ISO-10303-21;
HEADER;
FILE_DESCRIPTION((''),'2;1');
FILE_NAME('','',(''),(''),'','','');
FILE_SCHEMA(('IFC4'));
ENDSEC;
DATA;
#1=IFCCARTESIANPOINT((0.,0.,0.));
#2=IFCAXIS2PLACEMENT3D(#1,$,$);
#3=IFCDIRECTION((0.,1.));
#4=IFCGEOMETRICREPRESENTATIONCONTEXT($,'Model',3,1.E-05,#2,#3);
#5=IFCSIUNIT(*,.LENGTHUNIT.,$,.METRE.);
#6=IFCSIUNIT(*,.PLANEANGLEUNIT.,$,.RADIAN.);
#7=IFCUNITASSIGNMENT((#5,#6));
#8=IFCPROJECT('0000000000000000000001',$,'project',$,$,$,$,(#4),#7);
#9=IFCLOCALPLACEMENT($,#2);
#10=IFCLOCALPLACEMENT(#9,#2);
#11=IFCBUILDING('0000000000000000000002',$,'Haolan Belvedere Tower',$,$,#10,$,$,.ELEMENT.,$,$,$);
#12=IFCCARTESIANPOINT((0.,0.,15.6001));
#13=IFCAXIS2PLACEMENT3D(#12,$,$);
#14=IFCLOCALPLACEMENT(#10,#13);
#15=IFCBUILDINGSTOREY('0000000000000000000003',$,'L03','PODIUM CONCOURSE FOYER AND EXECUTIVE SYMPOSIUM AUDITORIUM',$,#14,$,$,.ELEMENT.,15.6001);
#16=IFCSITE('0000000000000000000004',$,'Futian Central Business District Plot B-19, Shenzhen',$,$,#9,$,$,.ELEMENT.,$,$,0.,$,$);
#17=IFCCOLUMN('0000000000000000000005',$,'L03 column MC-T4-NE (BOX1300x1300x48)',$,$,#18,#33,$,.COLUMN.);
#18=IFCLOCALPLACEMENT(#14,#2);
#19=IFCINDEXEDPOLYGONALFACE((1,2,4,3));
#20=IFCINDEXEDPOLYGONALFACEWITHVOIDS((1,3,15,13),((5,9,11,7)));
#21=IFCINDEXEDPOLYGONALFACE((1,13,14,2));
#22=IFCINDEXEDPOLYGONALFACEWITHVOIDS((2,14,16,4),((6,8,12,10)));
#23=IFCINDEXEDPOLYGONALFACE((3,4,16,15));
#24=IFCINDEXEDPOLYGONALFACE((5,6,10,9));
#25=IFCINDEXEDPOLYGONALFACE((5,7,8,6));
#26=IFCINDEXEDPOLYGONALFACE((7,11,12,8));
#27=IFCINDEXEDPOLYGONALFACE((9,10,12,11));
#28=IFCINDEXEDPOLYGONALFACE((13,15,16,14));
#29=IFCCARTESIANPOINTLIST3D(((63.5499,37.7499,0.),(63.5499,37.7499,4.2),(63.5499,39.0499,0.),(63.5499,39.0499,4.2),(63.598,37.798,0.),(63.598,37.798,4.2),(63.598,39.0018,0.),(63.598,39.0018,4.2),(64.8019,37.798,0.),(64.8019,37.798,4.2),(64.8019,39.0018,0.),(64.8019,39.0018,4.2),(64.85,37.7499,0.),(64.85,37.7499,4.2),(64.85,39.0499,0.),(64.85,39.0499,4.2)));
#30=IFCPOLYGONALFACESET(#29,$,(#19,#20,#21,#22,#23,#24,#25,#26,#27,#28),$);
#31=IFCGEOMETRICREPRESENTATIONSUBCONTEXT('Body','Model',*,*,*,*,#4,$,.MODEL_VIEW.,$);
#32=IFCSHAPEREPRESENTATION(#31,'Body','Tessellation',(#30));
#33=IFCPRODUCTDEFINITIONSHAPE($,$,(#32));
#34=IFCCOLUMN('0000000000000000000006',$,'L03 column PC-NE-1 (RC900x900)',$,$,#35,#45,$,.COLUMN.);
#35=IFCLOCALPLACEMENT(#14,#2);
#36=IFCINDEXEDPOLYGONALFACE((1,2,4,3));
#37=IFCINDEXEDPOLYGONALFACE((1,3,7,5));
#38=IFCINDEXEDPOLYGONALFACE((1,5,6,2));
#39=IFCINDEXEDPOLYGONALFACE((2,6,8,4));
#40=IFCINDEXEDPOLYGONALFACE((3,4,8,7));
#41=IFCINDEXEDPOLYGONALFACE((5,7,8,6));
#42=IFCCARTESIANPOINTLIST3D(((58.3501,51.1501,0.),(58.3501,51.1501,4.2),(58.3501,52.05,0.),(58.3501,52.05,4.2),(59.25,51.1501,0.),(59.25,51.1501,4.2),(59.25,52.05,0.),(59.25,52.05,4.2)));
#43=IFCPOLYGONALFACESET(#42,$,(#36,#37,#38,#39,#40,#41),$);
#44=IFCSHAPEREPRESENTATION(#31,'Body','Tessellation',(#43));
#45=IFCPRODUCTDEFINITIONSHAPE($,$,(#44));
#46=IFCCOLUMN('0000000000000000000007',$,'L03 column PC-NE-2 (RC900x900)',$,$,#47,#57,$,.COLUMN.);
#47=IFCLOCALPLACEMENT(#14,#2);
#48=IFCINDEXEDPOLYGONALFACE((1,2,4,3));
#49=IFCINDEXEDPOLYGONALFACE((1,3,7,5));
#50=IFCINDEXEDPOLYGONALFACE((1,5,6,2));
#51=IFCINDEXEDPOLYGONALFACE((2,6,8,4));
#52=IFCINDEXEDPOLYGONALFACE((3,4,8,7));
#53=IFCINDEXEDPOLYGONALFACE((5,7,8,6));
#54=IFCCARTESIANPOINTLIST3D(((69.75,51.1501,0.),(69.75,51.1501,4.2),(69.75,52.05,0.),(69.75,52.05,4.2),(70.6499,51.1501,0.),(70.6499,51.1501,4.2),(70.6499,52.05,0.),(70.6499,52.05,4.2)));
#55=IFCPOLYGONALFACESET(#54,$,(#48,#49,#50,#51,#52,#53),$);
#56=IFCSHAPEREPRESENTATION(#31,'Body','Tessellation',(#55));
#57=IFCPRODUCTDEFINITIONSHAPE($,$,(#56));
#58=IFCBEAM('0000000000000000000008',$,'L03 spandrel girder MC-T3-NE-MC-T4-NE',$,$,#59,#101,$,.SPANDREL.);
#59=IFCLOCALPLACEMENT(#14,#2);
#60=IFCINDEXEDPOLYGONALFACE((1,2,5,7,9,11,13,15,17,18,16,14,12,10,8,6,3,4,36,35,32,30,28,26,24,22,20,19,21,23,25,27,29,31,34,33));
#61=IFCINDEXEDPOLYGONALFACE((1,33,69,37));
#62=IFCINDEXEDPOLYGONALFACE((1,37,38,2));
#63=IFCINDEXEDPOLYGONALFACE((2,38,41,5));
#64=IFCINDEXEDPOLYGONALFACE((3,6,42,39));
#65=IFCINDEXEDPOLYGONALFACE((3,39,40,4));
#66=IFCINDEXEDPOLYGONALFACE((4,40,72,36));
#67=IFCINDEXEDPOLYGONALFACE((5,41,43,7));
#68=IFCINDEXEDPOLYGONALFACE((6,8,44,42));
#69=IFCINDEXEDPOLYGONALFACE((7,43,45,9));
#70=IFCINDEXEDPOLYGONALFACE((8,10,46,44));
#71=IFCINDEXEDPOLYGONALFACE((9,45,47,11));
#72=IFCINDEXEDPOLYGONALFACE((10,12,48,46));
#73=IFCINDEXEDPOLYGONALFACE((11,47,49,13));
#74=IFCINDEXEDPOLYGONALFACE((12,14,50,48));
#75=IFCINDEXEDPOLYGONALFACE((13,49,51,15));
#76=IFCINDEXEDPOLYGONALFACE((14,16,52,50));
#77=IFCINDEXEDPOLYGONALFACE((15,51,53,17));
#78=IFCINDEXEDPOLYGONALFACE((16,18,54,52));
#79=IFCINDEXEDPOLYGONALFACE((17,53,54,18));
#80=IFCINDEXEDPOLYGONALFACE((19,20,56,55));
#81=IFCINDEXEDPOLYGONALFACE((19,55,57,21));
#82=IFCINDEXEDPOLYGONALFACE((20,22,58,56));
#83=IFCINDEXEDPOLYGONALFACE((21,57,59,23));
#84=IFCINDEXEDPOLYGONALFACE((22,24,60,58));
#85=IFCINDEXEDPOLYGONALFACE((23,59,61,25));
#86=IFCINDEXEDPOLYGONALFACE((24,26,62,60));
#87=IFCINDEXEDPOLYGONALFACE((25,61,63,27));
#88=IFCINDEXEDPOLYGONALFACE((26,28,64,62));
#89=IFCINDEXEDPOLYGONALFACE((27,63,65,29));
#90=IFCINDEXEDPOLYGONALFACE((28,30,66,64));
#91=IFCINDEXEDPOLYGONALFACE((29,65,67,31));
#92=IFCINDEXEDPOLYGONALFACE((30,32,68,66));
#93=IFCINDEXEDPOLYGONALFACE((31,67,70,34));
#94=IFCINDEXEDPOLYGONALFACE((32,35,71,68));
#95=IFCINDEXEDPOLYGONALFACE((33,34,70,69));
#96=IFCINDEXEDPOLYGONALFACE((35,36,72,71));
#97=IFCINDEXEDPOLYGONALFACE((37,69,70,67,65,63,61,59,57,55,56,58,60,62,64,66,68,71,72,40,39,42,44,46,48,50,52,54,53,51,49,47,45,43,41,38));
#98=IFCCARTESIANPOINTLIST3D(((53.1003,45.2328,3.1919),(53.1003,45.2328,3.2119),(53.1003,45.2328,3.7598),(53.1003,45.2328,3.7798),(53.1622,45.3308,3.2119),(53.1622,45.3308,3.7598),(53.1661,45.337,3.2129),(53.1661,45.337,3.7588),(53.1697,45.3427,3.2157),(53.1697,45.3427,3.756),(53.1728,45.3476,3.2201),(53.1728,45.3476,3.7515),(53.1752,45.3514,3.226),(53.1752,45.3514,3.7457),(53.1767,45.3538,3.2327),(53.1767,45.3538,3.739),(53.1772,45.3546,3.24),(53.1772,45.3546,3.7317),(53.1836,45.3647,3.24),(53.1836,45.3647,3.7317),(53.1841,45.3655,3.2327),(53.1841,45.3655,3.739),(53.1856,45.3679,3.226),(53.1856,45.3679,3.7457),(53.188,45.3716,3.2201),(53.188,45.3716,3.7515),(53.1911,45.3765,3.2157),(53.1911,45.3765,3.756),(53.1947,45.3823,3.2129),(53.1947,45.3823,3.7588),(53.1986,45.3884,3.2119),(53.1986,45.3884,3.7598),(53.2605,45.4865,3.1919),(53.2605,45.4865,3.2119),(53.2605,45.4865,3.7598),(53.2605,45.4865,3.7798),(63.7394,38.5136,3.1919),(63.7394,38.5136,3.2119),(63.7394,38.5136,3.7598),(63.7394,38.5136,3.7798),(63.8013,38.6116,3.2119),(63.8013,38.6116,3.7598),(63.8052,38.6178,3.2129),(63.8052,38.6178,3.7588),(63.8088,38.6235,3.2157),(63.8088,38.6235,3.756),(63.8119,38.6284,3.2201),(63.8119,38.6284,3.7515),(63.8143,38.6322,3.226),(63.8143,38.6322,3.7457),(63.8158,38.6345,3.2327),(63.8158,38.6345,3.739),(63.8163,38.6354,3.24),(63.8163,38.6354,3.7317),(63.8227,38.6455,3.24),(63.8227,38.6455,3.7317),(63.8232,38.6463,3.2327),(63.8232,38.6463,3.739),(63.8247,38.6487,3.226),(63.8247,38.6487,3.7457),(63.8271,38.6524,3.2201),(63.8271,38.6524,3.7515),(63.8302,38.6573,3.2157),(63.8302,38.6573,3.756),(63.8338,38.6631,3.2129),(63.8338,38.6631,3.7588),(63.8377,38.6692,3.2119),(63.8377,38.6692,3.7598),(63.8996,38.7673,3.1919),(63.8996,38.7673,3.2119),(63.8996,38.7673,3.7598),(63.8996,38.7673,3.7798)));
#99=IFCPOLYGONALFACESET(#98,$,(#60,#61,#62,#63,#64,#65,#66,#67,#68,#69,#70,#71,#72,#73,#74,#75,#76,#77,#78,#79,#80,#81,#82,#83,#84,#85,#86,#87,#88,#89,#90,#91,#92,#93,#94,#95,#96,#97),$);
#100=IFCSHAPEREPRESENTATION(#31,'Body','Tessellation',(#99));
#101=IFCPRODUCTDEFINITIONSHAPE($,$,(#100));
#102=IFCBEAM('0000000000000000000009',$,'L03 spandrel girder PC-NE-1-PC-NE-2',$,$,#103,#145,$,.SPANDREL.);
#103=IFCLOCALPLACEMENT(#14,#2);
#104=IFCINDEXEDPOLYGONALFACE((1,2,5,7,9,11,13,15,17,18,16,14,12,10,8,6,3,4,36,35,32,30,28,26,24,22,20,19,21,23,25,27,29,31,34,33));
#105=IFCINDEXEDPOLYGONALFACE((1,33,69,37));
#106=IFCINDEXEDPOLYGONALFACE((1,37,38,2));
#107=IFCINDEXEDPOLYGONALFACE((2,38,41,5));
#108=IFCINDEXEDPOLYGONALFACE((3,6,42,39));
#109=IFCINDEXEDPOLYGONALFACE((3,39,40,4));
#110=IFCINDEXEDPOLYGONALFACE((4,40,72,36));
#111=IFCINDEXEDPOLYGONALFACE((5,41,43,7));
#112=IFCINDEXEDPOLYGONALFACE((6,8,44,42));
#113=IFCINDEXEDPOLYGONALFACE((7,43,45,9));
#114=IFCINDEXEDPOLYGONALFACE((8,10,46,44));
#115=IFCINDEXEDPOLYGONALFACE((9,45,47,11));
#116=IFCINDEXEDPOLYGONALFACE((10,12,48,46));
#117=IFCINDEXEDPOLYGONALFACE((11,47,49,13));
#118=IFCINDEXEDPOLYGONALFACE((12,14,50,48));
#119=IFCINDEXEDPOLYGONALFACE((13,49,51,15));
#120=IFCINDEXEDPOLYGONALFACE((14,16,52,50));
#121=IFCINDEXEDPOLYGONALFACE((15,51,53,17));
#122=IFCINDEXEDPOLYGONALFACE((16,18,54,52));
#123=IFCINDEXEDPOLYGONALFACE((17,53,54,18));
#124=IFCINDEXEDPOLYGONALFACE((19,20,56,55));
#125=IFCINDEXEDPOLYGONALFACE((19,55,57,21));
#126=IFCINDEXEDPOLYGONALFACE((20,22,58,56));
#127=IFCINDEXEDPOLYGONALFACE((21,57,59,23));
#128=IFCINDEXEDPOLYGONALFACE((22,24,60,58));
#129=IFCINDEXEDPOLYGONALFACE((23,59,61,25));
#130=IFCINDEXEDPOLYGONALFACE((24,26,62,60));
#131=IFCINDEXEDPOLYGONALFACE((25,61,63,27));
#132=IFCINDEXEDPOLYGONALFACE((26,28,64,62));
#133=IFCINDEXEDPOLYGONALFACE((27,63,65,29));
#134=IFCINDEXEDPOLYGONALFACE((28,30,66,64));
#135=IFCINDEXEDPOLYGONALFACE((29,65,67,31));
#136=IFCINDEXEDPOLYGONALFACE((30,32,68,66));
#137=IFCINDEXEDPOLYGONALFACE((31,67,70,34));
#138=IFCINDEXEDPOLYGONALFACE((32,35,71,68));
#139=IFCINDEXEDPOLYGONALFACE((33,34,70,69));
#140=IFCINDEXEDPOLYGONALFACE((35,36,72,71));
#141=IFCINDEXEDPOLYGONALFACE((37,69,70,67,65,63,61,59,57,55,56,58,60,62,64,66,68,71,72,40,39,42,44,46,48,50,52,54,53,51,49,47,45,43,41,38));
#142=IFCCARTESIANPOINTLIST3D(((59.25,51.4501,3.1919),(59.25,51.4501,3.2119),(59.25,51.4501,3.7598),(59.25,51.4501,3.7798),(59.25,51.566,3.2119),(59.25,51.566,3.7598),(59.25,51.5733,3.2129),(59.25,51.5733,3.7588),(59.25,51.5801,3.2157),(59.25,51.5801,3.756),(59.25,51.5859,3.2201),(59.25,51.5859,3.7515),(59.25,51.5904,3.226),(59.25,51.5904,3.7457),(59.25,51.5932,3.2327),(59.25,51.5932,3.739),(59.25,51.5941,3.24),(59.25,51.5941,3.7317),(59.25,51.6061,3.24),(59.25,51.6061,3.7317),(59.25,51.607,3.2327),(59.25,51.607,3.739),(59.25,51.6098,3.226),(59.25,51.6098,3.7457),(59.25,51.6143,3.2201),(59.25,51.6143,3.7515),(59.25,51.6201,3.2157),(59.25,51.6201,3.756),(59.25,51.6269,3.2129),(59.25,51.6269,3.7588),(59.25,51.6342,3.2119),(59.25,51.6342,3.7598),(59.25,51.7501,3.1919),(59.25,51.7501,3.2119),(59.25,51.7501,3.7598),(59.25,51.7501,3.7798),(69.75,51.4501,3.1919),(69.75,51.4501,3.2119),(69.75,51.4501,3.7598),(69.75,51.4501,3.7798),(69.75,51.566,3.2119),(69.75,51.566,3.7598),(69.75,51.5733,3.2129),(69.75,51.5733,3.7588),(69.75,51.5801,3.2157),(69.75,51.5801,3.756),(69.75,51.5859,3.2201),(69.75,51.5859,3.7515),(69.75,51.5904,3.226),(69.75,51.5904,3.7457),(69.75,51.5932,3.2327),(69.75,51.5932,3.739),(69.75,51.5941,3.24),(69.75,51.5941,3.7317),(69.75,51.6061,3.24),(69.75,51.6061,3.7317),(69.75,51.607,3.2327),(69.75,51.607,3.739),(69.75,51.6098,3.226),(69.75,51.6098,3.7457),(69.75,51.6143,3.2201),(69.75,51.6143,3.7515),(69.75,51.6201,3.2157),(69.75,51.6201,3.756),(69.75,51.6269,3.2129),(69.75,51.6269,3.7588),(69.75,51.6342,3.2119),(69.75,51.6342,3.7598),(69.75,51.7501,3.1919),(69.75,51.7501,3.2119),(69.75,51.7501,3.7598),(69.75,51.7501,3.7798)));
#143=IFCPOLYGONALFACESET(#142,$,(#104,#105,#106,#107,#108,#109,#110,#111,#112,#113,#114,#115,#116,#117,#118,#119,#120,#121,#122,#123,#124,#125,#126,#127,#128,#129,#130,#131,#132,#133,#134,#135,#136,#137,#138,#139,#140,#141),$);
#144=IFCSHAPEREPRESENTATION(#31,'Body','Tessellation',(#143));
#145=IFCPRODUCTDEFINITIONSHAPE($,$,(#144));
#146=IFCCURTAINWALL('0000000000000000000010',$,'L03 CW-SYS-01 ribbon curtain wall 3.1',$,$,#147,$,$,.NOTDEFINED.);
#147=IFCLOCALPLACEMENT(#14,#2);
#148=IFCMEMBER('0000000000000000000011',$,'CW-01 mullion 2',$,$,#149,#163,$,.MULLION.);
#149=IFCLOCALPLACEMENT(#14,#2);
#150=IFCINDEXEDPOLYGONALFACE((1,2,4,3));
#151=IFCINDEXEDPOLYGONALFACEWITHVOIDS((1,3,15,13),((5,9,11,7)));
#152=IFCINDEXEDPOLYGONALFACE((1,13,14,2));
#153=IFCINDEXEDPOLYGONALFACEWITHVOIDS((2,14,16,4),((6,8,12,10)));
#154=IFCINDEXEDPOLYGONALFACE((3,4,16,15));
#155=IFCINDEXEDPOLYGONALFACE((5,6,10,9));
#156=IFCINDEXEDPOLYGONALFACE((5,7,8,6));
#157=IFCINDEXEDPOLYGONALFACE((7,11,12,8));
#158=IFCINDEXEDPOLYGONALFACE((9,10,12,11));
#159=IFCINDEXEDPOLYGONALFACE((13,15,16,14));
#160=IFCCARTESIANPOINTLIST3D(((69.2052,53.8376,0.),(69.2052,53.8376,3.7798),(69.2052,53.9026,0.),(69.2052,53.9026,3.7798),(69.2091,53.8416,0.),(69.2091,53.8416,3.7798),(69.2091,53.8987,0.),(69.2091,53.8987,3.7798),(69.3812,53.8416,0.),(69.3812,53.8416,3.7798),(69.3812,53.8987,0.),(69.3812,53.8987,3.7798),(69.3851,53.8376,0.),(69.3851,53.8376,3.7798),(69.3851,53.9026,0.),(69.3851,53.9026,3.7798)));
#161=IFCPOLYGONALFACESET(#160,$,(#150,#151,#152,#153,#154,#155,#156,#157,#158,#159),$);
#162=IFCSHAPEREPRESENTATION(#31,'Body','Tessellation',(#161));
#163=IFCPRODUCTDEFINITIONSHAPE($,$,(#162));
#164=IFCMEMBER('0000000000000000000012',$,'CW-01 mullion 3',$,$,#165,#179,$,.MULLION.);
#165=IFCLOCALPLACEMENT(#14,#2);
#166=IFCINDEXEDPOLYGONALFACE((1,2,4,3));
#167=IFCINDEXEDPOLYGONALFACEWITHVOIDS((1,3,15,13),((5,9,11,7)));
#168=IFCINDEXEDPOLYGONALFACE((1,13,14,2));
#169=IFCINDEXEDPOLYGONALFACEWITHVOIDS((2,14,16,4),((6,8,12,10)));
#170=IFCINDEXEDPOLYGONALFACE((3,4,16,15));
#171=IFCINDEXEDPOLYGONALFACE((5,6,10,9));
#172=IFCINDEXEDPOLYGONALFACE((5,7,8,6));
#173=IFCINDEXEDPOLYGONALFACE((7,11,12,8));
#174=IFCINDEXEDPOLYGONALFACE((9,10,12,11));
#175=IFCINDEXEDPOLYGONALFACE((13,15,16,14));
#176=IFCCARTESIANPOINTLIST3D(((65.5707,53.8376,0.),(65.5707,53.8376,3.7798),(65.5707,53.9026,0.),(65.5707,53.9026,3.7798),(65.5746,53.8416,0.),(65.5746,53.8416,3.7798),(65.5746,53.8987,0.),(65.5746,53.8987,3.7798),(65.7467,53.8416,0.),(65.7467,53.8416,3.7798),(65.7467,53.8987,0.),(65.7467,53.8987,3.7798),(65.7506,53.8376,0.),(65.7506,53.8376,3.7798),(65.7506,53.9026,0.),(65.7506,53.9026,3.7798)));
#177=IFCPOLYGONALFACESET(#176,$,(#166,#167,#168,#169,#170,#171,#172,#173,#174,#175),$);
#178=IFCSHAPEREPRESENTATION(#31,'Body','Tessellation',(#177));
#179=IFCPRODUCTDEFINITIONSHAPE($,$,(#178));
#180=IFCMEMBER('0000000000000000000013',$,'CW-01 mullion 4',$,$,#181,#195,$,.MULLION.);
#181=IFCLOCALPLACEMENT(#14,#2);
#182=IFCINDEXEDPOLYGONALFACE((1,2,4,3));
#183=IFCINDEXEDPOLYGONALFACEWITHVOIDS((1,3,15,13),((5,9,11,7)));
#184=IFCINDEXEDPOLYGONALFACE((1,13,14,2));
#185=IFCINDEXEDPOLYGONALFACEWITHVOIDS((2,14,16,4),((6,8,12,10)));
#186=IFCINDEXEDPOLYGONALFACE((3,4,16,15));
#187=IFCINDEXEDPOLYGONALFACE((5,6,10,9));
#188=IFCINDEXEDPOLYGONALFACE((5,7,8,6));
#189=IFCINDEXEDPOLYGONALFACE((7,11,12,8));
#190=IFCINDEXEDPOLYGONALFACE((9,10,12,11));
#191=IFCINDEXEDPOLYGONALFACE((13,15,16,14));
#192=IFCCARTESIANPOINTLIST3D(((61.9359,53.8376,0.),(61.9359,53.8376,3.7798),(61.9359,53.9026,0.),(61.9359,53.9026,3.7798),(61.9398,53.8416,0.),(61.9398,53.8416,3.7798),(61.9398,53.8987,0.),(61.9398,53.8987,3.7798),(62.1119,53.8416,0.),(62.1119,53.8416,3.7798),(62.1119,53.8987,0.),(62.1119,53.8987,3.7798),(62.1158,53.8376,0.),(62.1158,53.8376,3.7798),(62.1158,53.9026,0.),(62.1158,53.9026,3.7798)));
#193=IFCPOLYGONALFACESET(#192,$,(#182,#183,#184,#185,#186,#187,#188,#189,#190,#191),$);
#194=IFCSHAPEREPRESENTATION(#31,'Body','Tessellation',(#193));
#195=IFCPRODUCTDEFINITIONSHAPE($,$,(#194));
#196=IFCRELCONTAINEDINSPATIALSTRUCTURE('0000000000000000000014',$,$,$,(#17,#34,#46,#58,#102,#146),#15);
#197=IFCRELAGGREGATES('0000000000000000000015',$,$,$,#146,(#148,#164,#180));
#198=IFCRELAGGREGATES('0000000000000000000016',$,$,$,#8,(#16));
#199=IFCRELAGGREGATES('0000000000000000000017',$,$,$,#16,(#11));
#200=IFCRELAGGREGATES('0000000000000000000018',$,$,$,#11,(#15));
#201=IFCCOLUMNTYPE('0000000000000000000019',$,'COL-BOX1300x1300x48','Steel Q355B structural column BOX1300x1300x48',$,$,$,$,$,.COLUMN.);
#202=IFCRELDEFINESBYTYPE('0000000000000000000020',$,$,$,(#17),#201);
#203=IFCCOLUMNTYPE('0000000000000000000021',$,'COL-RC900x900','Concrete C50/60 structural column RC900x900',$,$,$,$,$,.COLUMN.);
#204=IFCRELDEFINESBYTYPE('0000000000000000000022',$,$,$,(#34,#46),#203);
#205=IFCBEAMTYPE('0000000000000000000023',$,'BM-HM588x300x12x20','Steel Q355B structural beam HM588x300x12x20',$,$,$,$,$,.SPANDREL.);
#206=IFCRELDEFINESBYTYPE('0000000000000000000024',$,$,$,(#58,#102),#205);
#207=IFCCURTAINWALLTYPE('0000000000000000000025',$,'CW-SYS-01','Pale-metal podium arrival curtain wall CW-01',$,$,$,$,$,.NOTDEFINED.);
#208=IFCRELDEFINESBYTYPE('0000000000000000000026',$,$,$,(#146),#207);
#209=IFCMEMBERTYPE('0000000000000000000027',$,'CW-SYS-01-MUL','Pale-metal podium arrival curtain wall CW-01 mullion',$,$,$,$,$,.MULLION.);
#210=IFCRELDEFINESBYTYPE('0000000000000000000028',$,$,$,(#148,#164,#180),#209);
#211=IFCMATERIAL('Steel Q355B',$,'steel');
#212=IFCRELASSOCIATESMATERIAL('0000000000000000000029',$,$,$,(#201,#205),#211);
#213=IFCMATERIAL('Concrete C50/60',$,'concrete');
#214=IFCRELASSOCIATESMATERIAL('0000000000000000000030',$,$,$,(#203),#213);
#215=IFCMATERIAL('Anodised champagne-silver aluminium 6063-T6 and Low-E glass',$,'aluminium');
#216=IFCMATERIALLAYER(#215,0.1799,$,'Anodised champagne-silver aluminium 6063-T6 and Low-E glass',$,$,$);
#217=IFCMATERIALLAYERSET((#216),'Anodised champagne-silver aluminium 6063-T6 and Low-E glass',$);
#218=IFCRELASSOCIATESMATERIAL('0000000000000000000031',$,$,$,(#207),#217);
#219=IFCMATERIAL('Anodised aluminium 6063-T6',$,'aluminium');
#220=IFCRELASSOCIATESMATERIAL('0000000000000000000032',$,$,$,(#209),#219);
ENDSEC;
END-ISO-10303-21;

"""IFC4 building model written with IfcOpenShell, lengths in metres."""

from ifc_helpers import new_model, si_unit, direction, frame, origin, origin_2d, place, context, subcontext, project, spatial, rectangle, hollow_rectangle, i_section, extrude, material, layer, layer_set, material_profile, profile_set, type_object, element, aggregate, save


model = new_model("IFC4")

# Units and contexts
model_context = context("Model", 3, precision=1e-05, world=origin(), true_north=direction((0.0, 1.0)))
body_context = subcontext(model_context, "Body", "Model", "MODEL_VIEW")
ifc_project = project(units=[si_unit("LENGTHUNIT", "METRE"), si_unit("PLANEANGLEUNIT", "RADIAN")], contexts=[model_context])

# Site, building, storey
site_placement = place(None, origin())
site = spatial("IfcSite", under=ifc_project, at=site_placement, Name="Futian Central Business District Plot B-19, Shenzhen", CompositionType="ELEMENT", RefElevation=0.0)
building_placement = place(site_placement, origin())
building = spatial("IfcBuilding", under=site, at=building_placement, Name="Haolan Belvedere Tower", CompositionType="ELEMENT")
storey_placement = place(building_placement, frame((0.0, 0.0, 15.6001)))
storey = spatial("IfcBuildingStorey", under=building, at=storey_placement, Name="L03", Description="PODIUM CONCOURSE FOYER AND EXECUTIVE SYMPOSIUM AUDITORIUM", CompositionType="ELEMENT", Elevation=15.6001)

# Columns
ifc_material_1 = material(Name="Steel Q355B", Category="steel")
ifc_material_profile_1 = material_profile(ifc_material_1, hollow_rectangle(XDim=1.3, YDim=1.3, WallThickness=0.0481, at=origin_2d()), Name="Steel Q355B")
ifc_profile_set_1 = profile_set([ifc_material_profile_1], Name="Steel Q355B")
column_type_1 = type_object("IfcColumnType", Name="COL-BOX1300x1300x48", Description="Steel Q355B structural column BOX1300x1300x48", PredefinedType="COLUMN", material=ifc_profile_set_1)
column_placement = place(storey_placement, frame((64.2, 38.3999, 0.0), z_axis=(0.0, 0.0, 1.0), x_axis=(1.0, 0.0, 0.0)))
element("IfcColumn", 1, at=column_placement, inside=storey, type_object=column_type_1, Name="L03 column MC-T4-NE (BOX1300x1300x48)", PredefinedType="COLUMN", context=body_context, shape_type="SweptSolid", body=[
    extrude(hollow_rectangle(XDim=1.3, YDim=1.3, WallThickness=0.0481, at=origin_2d()), origin(), (0.0, 0.0, 1.0), 4.2),
])
ifc_material_2 = material(Name="Concrete C50/60", Category="concrete")
ifc_material_profile_2 = material_profile(ifc_material_2, rectangle(XDim=0.8999, YDim=0.8999, at=origin_2d()), Name="Concrete C50/60")
ifc_profile_set_2 = profile_set([ifc_material_profile_2], Name="Concrete C50/60")
column_type_2 = type_object("IfcColumnType", Name="COL-RC900x900", Description="Concrete C50/60 structural column RC900x900", PredefinedType="COLUMN", material=ifc_profile_set_2)
for number, where, z_axis, x_axis, name in (
    (2, (58.8, 51.6001, 0.0), (0.0, 0.0, 1.0), (1.0, 0.0, 0.0), "L03 column PC-NE-1 (RC900x900)"),
    (3, (70.2, 51.6001, 0.0), (0.0, 0.0, 1.0), (1.0, 0.0, 0.0), "L03 column PC-NE-2 (RC900x900)"),
):
    element("IfcColumn", number, at=place(storey_placement, frame(where, z_axis=z_axis, x_axis=x_axis)), inside=storey, type_object=column_type_2, Name=name, PredefinedType="COLUMN", context=body_context, shape_type="SweptSolid", body=[
        extrude(rectangle(XDim=0.8999, YDim=0.8999, at=origin_2d()), origin(), (0.0, 0.0, 1.0), 4.2),
    ])

# Beams
ifc_material_profile_3 = material_profile(ifc_material_1, i_section(OverallWidth=0.3, OverallDepth=0.5879, WebThickness=0.012, FlangeThickness=0.02, FilletRadius=0.0281, at=origin_2d()), Name="Steel Q355B")
ifc_profile_set_3 = profile_set([ifc_material_profile_3], Name="Steel Q355B")
beam_type = type_object("IfcBeamType", Name="BM-HM588x300x12x20", Description="Steel Q355B structural beam HM588x300x12x20", PredefinedType="SPANDREL", material=ifc_profile_set_3)
beam_1_placement = place(storey_placement, frame((53.1804, 45.3596, 3.4858), z_axis=(0.845497, -0.53398, 0.0), x_axis=(0.53398, 0.845497, 0.0)))
element("IfcBeam", 4, at=beam_1_placement, inside=storey, type_object=beam_type, Name="L03 spandrel girder MC-T3-NE-MC-T4-NE", PredefinedType="SPANDREL", context=body_context, shape_type="SweptSolid", body=[
    extrude(i_section(OverallWidth=0.3, OverallDepth=0.5879, WebThickness=0.012, FlangeThickness=0.02, FilletRadius=0.0281, at=origin_2d()), origin(), (0.0, 0.0, 1.0), 12.5833),
])
beam_2_placement = place(storey_placement, frame((59.25, 51.6001, 3.4858), z_axis=(1.0, 0.0, 0.0), x_axis=(0.0, 1.0, 0.0)))
element("IfcBeam", 5, at=beam_2_placement, inside=storey, type_object=beam_type, Name="L03 spandrel girder PC-NE-1-PC-NE-2", PredefinedType="SPANDREL", context=body_context, shape_type="SweptSolid", body=[
    extrude(i_section(OverallWidth=0.3, OverallDepth=0.5879, WebThickness=0.012, FlangeThickness=0.02, FilletRadius=0.0281, at=origin_2d()), origin(), (0.0, 0.0, 1.0), 10.5),
])

# Curtain wall, members
ifc_material_3 = material(Name="Anodised champagne-silver aluminium 6063-T6 and Low-E glass", Category="aluminium")
ifc_layer_1 = layer(ifc_material_3, 0.1799, Name="Anodised champagne-silver aluminium 6063-T6 and Low-E glass")
ifc_layer_set_1 = layer_set([ifc_layer_1], Name="Anodised champagne-silver aluminium 6063-T6 and Low-E glass")
curtain_wall_type = type_object("IfcCurtainWallType", Name="CW-SYS-01", Description="Pale-metal podium arrival curtain wall CW-01", PredefinedType="NOTDEFINED", material=ifc_layer_set_1)
curtain_wall_placement = place(storey_placement, origin())
curtain_wall = element("IfcCurtainWall", 6, at=curtain_wall_placement, inside=storey, type_object=curtain_wall_type, Name="L03 CW-SYS-01 ribbon curtain wall 3.1", PredefinedType="NOTDEFINED")
ifc_material_4 = material(Name="Anodised aluminium 6063-T6", Category="aluminium")
ifc_material_profile_4 = material_profile(ifc_material_4, hollow_rectangle(XDim=0.0649, YDim=0.1799, WallThickness=0.0039, at=origin_2d()), Name="Anodised aluminium 6063-T6")
ifc_profile_set_4 = profile_set([ifc_material_profile_4], Name="Anodised aluminium 6063-T6")
member_type_1 = type_object("IfcMemberType", Name="CW-SYS-01-MUL", Description="Pale-metal podium arrival curtain wall CW-01 mullion", PredefinedType="MULLION", material=ifc_profile_set_4)
member_1_placement = place(storey_placement, frame((69.2952, 53.8701, 0.0), z_axis=(0.0, 0.0, 1.0), x_axis=(0.0, -1.0, 0.0)))
member_1 = element("IfcMember", 7, at=member_1_placement, type_object=member_type_1, Name="CW-01 mullion 2", PredefinedType="MULLION", context=body_context, shape_type="SweptSolid", body=[
    extrude(hollow_rectangle(XDim=0.0649, YDim=0.1799, WallThickness=0.0039, at=origin_2d()), origin(), (0.0, 0.0, 1.0), 3.7798),
])
member_2_placement = place(storey_placement, frame((65.6606, 53.8701, 0.0), z_axis=(0.0, 0.0, 1.0), x_axis=(0.0, -1.0, 0.0)))
member_2 = element("IfcMember", 8, at=member_2_placement, type_object=member_type_1, Name="CW-01 mullion 3", PredefinedType="MULLION", context=body_context, shape_type="SweptSolid", body=[
    extrude(hollow_rectangle(XDim=0.0649, YDim=0.1799, WallThickness=0.0039, at=origin_2d()), origin(), (0.0, 0.0, 1.0), 3.7798),
])
member_3_placement = place(storey_placement, frame((62.0259, 53.8701, 0.0), z_axis=(0.0, 0.0, 1.0), x_axis=(0.0, -1.0, 0.0)))
member_3 = element("IfcMember", 9, at=member_3_placement, type_object=member_type_1, Name="CW-01 mullion 4", PredefinedType="MULLION", context=body_context, shape_type="SweptSolid", body=[
    extrude(hollow_rectangle(XDim=0.0649, YDim=0.1799, WallThickness=0.0039, at=origin_2d()), origin(), (0.0, 0.0, 1.0), 3.7798),
])
aggregate(curtain_wall, [member_1, member_2, member_3])

save(model, "model.ifc")
